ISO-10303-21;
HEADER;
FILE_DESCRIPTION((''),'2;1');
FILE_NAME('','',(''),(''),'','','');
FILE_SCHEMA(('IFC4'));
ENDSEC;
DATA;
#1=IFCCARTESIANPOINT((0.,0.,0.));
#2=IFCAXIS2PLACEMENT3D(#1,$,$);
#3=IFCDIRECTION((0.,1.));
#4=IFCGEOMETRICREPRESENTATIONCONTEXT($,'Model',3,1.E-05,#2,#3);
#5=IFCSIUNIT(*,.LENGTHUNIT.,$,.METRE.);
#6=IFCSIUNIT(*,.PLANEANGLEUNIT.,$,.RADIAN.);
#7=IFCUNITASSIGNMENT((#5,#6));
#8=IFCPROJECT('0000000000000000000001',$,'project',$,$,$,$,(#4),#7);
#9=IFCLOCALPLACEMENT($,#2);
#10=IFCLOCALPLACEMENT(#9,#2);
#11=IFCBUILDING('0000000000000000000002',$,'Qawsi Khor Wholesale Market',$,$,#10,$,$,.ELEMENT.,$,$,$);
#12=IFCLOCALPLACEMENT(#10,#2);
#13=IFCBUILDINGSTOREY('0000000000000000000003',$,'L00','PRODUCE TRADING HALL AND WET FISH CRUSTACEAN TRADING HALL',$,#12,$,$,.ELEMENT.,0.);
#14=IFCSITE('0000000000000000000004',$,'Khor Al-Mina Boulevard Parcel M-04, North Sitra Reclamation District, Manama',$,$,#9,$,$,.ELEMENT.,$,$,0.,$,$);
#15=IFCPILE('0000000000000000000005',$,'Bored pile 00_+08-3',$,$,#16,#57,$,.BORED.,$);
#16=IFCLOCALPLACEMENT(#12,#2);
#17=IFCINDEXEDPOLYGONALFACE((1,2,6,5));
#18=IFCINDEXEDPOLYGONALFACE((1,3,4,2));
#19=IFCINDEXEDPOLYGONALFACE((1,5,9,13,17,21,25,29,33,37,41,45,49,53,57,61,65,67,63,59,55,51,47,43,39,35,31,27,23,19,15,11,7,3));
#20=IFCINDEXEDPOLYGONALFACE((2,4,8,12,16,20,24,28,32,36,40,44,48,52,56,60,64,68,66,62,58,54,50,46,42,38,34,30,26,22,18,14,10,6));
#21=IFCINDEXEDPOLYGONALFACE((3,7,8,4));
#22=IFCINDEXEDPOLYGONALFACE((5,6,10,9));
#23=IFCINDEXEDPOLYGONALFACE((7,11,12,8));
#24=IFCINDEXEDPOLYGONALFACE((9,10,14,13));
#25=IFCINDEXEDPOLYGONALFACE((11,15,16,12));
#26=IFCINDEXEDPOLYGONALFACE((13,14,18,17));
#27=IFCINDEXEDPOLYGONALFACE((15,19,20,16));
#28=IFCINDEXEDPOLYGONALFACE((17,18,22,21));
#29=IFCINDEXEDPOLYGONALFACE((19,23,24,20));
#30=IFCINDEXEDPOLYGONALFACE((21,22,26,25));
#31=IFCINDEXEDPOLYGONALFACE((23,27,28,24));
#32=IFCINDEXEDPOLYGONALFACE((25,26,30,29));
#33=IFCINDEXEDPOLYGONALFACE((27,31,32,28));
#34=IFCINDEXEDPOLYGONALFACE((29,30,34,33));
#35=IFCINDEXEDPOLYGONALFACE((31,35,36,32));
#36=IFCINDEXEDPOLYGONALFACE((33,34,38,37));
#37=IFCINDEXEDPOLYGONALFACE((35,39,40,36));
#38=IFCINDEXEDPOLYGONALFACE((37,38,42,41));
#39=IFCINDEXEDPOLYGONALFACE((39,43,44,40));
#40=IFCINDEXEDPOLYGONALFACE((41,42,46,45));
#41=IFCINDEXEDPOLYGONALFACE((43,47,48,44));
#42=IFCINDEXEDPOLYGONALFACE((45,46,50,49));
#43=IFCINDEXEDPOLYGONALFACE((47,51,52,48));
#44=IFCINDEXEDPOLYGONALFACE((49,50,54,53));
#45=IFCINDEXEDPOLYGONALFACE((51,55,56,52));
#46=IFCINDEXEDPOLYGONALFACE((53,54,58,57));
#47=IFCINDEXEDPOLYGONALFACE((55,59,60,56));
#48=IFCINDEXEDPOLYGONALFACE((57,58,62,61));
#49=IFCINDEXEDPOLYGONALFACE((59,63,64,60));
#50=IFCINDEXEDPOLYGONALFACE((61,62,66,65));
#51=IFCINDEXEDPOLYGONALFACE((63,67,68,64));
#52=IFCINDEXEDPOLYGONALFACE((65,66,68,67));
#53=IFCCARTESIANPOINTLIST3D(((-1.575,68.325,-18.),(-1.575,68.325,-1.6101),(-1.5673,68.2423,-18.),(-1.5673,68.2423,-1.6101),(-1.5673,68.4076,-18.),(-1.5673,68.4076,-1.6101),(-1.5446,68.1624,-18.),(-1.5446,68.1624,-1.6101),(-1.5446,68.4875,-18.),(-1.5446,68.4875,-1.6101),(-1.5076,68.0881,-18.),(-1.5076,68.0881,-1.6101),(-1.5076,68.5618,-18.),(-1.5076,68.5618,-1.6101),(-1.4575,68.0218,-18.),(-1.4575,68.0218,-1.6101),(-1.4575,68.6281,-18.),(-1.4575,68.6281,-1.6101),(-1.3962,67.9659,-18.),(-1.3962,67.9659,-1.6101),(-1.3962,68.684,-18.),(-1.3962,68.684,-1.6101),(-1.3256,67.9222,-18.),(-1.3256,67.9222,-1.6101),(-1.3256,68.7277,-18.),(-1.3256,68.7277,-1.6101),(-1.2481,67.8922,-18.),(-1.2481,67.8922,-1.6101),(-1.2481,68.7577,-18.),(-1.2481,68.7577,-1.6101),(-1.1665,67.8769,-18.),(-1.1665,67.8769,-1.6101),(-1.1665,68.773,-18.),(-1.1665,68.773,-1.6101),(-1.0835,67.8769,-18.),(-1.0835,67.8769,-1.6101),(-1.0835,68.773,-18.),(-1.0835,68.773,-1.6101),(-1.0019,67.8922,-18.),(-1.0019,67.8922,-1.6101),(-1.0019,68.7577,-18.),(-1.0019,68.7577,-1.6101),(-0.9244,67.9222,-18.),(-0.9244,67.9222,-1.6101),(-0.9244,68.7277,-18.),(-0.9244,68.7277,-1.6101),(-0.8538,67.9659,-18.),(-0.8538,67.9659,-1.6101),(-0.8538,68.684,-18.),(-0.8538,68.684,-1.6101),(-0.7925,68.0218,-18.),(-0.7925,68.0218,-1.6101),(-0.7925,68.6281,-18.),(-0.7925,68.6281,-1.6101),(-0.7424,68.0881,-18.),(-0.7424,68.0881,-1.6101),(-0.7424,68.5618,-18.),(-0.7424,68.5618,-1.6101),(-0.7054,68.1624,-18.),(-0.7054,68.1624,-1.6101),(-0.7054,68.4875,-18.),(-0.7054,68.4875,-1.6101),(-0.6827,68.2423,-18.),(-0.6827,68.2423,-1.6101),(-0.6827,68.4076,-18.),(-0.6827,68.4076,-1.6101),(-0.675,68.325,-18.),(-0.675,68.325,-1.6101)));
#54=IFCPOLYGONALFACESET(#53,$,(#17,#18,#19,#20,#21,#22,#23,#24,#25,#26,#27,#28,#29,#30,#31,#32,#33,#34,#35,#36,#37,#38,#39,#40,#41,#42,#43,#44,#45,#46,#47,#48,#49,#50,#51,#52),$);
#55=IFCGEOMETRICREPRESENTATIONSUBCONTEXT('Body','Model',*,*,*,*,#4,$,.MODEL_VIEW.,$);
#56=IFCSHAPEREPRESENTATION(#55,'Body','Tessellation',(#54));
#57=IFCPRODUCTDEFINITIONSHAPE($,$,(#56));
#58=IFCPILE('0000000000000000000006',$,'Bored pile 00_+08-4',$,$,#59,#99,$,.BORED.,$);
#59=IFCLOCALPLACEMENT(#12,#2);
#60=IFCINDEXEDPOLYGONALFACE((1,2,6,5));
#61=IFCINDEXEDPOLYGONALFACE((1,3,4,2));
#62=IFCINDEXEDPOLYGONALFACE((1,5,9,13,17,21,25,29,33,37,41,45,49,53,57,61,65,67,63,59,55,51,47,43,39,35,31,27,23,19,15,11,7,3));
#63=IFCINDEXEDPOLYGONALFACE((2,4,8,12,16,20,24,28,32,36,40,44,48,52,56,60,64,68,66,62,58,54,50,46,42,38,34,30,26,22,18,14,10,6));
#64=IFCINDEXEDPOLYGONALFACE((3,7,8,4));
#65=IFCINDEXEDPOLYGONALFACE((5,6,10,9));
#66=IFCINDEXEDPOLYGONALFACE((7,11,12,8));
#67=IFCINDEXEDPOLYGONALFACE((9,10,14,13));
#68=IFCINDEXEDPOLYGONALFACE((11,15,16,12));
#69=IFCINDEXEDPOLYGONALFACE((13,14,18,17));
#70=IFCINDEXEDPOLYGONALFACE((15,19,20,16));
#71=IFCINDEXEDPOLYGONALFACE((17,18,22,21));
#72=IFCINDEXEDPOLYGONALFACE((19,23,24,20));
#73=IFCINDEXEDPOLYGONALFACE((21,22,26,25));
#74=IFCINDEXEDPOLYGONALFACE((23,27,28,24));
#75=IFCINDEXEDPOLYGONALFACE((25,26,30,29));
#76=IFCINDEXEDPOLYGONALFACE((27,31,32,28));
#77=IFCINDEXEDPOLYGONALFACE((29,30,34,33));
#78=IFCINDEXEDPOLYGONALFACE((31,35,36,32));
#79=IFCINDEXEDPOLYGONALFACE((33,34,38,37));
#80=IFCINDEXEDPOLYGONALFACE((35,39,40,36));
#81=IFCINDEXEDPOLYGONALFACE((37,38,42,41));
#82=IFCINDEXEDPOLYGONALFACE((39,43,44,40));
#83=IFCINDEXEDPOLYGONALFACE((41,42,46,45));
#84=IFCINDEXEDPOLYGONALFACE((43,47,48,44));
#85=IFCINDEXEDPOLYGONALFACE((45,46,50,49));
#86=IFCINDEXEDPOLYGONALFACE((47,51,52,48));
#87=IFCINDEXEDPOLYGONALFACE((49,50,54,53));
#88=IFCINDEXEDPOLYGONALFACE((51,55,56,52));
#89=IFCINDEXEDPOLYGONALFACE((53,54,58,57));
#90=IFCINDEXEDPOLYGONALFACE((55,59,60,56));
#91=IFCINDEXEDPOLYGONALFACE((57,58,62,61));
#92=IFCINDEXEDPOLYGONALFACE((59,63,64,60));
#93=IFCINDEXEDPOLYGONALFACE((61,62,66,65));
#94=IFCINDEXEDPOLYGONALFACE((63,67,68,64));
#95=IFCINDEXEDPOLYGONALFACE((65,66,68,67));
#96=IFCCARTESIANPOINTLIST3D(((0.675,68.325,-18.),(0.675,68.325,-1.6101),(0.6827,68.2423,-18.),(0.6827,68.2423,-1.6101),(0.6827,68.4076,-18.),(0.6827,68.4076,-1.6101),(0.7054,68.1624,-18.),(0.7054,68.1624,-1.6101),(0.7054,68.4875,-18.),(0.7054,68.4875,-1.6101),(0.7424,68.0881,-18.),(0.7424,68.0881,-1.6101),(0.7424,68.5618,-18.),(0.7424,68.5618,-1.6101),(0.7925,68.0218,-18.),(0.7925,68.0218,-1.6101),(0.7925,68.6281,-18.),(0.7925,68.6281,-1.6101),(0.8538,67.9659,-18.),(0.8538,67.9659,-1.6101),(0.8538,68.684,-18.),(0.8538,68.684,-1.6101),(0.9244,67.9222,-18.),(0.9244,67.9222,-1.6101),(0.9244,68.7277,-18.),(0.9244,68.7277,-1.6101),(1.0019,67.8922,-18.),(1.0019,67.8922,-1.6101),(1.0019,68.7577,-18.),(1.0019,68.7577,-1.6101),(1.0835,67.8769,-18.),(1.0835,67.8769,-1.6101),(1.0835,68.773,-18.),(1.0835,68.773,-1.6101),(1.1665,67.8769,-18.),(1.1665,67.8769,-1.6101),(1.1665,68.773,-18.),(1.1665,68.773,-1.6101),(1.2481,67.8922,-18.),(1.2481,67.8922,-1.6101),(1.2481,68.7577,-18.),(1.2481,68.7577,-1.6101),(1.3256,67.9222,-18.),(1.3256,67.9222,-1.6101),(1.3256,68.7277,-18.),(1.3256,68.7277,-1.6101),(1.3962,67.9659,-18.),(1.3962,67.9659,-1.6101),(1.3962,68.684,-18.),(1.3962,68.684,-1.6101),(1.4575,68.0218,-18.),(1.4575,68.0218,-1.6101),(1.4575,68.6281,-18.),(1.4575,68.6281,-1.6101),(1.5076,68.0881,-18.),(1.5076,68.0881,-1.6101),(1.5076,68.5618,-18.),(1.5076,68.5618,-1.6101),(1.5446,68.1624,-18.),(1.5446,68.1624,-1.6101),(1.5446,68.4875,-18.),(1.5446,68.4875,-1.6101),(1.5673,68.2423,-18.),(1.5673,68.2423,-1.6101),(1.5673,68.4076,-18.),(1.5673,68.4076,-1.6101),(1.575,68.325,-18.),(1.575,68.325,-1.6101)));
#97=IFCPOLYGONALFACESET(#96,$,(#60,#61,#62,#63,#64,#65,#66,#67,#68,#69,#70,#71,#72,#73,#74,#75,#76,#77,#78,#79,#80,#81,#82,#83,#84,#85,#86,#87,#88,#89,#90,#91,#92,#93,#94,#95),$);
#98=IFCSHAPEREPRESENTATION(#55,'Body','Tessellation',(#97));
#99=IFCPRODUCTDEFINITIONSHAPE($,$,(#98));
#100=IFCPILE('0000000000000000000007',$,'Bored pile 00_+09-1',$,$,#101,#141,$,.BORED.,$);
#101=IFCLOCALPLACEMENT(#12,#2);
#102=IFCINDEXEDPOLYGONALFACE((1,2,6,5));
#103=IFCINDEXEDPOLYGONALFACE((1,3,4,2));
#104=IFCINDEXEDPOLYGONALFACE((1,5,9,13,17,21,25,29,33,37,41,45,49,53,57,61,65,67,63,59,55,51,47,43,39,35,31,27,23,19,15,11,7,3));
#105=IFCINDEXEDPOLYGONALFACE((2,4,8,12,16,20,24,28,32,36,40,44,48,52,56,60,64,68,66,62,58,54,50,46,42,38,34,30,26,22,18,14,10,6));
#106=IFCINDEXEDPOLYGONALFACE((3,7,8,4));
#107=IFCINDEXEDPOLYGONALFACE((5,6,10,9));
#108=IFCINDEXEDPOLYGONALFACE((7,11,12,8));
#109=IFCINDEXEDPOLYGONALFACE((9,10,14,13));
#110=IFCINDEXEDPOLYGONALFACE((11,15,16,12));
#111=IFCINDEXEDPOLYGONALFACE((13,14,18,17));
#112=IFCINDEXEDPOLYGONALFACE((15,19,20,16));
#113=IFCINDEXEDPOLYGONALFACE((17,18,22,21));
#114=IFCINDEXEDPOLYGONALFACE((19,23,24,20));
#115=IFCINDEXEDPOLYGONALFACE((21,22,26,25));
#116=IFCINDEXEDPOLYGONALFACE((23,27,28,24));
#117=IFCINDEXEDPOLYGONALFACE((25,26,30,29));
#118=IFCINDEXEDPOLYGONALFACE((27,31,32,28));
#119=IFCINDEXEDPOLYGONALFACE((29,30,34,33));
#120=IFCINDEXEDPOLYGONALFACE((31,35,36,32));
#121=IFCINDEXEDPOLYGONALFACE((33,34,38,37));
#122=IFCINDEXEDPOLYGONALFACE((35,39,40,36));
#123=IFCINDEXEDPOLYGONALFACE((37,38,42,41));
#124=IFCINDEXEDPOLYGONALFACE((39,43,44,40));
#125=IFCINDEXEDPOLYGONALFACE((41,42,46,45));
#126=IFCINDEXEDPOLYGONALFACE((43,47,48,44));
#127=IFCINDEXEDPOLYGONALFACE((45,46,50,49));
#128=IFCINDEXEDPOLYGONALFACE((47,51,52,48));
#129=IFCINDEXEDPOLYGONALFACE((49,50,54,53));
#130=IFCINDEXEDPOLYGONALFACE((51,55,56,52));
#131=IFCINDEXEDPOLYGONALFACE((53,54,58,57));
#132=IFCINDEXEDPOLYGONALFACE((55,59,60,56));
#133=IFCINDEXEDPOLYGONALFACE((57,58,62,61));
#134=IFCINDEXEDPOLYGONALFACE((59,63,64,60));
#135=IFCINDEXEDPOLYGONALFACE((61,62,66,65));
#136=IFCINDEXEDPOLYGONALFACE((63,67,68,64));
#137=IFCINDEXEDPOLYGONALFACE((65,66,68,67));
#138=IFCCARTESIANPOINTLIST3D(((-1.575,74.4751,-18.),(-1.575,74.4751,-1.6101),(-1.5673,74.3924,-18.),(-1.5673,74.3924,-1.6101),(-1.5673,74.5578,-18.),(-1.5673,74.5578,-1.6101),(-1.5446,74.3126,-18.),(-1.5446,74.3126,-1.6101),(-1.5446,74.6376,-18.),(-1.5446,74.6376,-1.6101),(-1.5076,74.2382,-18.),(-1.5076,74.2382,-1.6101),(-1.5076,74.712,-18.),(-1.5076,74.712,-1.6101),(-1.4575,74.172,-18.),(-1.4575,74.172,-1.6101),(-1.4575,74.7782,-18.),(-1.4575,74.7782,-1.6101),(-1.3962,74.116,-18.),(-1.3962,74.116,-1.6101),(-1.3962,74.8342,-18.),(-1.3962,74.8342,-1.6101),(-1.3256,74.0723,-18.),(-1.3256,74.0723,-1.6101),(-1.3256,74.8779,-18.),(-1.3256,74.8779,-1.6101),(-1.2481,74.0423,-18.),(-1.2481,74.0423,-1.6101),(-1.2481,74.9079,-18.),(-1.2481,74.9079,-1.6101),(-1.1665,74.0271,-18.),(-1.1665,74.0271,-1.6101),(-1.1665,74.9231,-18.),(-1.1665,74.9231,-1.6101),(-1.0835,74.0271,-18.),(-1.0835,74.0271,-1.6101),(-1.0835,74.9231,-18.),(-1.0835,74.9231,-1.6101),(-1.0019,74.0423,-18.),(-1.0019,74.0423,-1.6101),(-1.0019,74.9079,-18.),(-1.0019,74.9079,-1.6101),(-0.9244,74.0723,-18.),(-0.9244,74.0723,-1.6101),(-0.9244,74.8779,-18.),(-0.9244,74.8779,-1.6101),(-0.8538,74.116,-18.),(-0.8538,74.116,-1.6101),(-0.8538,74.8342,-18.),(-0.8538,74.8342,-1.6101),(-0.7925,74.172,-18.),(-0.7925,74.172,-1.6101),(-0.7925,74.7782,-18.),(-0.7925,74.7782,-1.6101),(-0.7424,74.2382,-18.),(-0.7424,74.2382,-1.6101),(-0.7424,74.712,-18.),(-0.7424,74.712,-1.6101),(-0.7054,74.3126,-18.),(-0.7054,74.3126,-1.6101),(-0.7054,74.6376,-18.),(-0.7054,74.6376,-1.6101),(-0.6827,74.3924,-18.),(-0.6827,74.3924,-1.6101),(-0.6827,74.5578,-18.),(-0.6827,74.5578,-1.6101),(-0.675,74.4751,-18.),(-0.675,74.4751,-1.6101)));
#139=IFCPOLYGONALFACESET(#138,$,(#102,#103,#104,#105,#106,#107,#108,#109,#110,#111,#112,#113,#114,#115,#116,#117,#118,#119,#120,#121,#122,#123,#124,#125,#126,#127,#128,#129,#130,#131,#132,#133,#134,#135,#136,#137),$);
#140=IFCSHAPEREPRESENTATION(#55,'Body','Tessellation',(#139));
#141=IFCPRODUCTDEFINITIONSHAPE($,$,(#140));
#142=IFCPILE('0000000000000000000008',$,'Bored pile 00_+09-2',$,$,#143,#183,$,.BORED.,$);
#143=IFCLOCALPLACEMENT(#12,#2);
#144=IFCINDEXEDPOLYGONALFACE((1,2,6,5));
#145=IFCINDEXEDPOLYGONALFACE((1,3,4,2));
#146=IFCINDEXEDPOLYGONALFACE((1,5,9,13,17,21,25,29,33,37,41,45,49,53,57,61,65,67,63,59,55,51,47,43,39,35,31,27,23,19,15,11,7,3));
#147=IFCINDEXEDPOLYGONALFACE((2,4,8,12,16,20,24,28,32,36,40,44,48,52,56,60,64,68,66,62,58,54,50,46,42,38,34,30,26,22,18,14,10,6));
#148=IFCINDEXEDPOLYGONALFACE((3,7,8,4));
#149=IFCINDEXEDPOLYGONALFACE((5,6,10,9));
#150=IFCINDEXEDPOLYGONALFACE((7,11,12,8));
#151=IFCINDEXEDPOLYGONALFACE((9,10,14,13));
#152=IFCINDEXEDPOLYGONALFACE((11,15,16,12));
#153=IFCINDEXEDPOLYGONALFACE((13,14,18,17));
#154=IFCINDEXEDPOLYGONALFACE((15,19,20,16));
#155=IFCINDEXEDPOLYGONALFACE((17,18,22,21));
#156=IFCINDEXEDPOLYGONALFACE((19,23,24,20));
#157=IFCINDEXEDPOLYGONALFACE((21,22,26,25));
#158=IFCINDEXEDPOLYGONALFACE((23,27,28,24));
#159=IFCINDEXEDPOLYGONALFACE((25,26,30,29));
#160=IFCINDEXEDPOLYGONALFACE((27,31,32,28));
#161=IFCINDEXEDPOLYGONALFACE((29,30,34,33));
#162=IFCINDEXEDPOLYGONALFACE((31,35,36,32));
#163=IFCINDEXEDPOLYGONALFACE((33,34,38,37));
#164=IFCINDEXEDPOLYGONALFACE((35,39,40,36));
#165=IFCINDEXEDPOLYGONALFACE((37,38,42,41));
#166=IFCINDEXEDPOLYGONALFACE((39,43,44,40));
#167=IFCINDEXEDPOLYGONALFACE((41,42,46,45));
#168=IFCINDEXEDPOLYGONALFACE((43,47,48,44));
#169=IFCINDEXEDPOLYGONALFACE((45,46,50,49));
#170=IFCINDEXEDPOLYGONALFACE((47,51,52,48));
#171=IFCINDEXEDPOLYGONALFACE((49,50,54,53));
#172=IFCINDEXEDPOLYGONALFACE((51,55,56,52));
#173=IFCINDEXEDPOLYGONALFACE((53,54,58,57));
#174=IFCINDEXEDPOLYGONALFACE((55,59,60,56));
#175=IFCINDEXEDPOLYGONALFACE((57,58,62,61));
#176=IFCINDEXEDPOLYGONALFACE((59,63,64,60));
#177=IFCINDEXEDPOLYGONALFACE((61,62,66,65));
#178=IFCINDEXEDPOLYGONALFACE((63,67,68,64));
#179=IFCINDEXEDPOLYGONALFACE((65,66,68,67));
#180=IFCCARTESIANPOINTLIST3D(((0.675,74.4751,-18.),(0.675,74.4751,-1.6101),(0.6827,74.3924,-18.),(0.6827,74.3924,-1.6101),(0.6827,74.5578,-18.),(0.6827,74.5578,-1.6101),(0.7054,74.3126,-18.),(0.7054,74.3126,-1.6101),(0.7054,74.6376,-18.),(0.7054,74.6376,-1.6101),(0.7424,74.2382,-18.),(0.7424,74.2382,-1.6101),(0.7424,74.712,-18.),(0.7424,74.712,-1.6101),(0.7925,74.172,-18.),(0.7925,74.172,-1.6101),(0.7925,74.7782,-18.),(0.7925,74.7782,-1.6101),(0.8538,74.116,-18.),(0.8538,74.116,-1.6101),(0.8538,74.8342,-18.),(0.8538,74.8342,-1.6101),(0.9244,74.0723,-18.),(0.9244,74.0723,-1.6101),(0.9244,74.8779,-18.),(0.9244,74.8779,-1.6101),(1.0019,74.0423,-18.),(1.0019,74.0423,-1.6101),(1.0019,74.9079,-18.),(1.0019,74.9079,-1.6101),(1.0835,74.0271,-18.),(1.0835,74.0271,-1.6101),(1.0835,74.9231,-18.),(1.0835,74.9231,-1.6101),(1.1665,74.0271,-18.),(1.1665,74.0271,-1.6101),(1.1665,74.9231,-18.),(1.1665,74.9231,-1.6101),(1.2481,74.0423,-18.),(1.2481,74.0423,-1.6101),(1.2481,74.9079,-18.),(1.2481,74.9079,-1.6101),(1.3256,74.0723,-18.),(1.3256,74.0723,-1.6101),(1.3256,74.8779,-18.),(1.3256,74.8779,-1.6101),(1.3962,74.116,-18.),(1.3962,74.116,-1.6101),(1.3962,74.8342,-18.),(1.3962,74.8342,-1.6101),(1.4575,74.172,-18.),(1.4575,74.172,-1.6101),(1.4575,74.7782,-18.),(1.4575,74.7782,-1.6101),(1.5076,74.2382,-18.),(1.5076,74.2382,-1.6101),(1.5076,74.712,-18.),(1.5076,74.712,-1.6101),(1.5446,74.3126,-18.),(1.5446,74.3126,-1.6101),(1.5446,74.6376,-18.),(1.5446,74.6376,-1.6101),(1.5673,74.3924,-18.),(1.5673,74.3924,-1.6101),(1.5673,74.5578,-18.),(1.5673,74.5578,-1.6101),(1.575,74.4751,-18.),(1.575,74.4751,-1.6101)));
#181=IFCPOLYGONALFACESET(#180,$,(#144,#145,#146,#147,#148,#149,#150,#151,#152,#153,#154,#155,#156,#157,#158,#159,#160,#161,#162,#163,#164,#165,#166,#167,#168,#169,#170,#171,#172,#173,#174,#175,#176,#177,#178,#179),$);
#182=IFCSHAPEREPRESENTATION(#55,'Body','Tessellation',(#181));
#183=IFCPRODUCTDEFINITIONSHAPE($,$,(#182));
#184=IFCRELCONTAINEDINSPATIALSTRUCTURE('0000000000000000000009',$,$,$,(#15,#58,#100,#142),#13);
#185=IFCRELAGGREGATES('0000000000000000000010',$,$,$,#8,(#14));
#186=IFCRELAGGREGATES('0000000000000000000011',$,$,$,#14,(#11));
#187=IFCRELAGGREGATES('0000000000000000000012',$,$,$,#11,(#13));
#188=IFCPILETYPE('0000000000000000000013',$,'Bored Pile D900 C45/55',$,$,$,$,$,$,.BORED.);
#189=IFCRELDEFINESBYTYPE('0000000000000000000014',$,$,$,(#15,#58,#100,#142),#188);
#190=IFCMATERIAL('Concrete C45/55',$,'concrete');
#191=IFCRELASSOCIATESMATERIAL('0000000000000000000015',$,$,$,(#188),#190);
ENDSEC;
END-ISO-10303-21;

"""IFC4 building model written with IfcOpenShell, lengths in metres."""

from ifc_helpers import new_model, si_unit, direction, frame, origin, origin_2d, place, context, subcontext, project, spatial, circle, extrude, material, material_profile, profile_set, type_object, element, save


model = new_model("IFC4")

# Units and contexts
model_context = context("Model", 3, precision=1e-05, world=origin(), true_north=direction((0.0, 1.0)))
body_context = subcontext(model_context, "Body", "Model", "MODEL_VIEW")
ifc_project = project(units=[si_unit("LENGTHUNIT", "METRE"), si_unit("PLANEANGLEUNIT", "RADIAN")], contexts=[model_context])

# Site, building, storey
site_placement = place(None, origin())
site = spatial("IfcSite", under=ifc_project, at=site_placement, Name="Khor Al-Mina Boulevard Parcel M-04, North Sitra Reclamation District, Manama", CompositionType="ELEMENT", RefElevation=0.0)
building_placement = place(site_placement, origin())
building = spatial("IfcBuilding", under=site, at=building_placement, Name="Qawsi Khor Wholesale Market", CompositionType="ELEMENT")
storey_placement = place(building_placement, origin())
storey = spatial("IfcBuildingStorey", under=building, at=storey_placement, Name="L00", Description="PRODUCE TRADING HALL AND WET FISH CRUSTACEAN TRADING HALL", CompositionType="ELEMENT", Elevation=0.0)

# Piles
ifc_material_1 = material(Name="Concrete C45/55", Category="concrete")
ifc_material_profile_1 = material_profile(ifc_material_1, circle(Radius=0.45, at=origin_2d()), Name="PILE D900")
ifc_profile_set_1 = profile_set([ifc_material_profile_1], Name="Concrete C45/55")
pile_type = type_object("IfcPileType", Name="Bored Pile D900 C45/55", PredefinedType="BORED", material=ifc_profile_set_1)
for number, where, z_axis, x_axis, name in (
    (1, (-1.125, 68.325, -1.6101), (0.0, 0.0, -1.0), (1.0, 0.0, 0.0), "Bored pile 00_+08-3"),
    (2, (1.125, 68.325, -1.6101), (0.0, 0.0, -1.0), (1.0, 0.0, 0.0), "Bored pile 00_+08-4"),
    (3, (-1.125, 74.4751, -1.6101), (0.0, 0.0, -1.0), (1.0, 0.0, 0.0), "Bored pile 00_+09-1"),
    (4, (1.125, 74.4751, -1.6101), (0.0, 0.0, -1.0), (1.0, 0.0, 0.0), "Bored pile 00_+09-2"),
):
    element("IfcPile", number, at=place(storey_placement, frame(where, z_axis=z_axis, x_axis=x_axis)), inside=storey, type_object=pile_type, Name=name, PredefinedType="BORED", context=body_context, shape_type="SweptSolid", body=[
        extrude(circle(Radius=0.45, at=origin_2d()), origin(), (0.0, 0.0, 1.0), 16.3899),
    ])

save(model, "model.ifc")
